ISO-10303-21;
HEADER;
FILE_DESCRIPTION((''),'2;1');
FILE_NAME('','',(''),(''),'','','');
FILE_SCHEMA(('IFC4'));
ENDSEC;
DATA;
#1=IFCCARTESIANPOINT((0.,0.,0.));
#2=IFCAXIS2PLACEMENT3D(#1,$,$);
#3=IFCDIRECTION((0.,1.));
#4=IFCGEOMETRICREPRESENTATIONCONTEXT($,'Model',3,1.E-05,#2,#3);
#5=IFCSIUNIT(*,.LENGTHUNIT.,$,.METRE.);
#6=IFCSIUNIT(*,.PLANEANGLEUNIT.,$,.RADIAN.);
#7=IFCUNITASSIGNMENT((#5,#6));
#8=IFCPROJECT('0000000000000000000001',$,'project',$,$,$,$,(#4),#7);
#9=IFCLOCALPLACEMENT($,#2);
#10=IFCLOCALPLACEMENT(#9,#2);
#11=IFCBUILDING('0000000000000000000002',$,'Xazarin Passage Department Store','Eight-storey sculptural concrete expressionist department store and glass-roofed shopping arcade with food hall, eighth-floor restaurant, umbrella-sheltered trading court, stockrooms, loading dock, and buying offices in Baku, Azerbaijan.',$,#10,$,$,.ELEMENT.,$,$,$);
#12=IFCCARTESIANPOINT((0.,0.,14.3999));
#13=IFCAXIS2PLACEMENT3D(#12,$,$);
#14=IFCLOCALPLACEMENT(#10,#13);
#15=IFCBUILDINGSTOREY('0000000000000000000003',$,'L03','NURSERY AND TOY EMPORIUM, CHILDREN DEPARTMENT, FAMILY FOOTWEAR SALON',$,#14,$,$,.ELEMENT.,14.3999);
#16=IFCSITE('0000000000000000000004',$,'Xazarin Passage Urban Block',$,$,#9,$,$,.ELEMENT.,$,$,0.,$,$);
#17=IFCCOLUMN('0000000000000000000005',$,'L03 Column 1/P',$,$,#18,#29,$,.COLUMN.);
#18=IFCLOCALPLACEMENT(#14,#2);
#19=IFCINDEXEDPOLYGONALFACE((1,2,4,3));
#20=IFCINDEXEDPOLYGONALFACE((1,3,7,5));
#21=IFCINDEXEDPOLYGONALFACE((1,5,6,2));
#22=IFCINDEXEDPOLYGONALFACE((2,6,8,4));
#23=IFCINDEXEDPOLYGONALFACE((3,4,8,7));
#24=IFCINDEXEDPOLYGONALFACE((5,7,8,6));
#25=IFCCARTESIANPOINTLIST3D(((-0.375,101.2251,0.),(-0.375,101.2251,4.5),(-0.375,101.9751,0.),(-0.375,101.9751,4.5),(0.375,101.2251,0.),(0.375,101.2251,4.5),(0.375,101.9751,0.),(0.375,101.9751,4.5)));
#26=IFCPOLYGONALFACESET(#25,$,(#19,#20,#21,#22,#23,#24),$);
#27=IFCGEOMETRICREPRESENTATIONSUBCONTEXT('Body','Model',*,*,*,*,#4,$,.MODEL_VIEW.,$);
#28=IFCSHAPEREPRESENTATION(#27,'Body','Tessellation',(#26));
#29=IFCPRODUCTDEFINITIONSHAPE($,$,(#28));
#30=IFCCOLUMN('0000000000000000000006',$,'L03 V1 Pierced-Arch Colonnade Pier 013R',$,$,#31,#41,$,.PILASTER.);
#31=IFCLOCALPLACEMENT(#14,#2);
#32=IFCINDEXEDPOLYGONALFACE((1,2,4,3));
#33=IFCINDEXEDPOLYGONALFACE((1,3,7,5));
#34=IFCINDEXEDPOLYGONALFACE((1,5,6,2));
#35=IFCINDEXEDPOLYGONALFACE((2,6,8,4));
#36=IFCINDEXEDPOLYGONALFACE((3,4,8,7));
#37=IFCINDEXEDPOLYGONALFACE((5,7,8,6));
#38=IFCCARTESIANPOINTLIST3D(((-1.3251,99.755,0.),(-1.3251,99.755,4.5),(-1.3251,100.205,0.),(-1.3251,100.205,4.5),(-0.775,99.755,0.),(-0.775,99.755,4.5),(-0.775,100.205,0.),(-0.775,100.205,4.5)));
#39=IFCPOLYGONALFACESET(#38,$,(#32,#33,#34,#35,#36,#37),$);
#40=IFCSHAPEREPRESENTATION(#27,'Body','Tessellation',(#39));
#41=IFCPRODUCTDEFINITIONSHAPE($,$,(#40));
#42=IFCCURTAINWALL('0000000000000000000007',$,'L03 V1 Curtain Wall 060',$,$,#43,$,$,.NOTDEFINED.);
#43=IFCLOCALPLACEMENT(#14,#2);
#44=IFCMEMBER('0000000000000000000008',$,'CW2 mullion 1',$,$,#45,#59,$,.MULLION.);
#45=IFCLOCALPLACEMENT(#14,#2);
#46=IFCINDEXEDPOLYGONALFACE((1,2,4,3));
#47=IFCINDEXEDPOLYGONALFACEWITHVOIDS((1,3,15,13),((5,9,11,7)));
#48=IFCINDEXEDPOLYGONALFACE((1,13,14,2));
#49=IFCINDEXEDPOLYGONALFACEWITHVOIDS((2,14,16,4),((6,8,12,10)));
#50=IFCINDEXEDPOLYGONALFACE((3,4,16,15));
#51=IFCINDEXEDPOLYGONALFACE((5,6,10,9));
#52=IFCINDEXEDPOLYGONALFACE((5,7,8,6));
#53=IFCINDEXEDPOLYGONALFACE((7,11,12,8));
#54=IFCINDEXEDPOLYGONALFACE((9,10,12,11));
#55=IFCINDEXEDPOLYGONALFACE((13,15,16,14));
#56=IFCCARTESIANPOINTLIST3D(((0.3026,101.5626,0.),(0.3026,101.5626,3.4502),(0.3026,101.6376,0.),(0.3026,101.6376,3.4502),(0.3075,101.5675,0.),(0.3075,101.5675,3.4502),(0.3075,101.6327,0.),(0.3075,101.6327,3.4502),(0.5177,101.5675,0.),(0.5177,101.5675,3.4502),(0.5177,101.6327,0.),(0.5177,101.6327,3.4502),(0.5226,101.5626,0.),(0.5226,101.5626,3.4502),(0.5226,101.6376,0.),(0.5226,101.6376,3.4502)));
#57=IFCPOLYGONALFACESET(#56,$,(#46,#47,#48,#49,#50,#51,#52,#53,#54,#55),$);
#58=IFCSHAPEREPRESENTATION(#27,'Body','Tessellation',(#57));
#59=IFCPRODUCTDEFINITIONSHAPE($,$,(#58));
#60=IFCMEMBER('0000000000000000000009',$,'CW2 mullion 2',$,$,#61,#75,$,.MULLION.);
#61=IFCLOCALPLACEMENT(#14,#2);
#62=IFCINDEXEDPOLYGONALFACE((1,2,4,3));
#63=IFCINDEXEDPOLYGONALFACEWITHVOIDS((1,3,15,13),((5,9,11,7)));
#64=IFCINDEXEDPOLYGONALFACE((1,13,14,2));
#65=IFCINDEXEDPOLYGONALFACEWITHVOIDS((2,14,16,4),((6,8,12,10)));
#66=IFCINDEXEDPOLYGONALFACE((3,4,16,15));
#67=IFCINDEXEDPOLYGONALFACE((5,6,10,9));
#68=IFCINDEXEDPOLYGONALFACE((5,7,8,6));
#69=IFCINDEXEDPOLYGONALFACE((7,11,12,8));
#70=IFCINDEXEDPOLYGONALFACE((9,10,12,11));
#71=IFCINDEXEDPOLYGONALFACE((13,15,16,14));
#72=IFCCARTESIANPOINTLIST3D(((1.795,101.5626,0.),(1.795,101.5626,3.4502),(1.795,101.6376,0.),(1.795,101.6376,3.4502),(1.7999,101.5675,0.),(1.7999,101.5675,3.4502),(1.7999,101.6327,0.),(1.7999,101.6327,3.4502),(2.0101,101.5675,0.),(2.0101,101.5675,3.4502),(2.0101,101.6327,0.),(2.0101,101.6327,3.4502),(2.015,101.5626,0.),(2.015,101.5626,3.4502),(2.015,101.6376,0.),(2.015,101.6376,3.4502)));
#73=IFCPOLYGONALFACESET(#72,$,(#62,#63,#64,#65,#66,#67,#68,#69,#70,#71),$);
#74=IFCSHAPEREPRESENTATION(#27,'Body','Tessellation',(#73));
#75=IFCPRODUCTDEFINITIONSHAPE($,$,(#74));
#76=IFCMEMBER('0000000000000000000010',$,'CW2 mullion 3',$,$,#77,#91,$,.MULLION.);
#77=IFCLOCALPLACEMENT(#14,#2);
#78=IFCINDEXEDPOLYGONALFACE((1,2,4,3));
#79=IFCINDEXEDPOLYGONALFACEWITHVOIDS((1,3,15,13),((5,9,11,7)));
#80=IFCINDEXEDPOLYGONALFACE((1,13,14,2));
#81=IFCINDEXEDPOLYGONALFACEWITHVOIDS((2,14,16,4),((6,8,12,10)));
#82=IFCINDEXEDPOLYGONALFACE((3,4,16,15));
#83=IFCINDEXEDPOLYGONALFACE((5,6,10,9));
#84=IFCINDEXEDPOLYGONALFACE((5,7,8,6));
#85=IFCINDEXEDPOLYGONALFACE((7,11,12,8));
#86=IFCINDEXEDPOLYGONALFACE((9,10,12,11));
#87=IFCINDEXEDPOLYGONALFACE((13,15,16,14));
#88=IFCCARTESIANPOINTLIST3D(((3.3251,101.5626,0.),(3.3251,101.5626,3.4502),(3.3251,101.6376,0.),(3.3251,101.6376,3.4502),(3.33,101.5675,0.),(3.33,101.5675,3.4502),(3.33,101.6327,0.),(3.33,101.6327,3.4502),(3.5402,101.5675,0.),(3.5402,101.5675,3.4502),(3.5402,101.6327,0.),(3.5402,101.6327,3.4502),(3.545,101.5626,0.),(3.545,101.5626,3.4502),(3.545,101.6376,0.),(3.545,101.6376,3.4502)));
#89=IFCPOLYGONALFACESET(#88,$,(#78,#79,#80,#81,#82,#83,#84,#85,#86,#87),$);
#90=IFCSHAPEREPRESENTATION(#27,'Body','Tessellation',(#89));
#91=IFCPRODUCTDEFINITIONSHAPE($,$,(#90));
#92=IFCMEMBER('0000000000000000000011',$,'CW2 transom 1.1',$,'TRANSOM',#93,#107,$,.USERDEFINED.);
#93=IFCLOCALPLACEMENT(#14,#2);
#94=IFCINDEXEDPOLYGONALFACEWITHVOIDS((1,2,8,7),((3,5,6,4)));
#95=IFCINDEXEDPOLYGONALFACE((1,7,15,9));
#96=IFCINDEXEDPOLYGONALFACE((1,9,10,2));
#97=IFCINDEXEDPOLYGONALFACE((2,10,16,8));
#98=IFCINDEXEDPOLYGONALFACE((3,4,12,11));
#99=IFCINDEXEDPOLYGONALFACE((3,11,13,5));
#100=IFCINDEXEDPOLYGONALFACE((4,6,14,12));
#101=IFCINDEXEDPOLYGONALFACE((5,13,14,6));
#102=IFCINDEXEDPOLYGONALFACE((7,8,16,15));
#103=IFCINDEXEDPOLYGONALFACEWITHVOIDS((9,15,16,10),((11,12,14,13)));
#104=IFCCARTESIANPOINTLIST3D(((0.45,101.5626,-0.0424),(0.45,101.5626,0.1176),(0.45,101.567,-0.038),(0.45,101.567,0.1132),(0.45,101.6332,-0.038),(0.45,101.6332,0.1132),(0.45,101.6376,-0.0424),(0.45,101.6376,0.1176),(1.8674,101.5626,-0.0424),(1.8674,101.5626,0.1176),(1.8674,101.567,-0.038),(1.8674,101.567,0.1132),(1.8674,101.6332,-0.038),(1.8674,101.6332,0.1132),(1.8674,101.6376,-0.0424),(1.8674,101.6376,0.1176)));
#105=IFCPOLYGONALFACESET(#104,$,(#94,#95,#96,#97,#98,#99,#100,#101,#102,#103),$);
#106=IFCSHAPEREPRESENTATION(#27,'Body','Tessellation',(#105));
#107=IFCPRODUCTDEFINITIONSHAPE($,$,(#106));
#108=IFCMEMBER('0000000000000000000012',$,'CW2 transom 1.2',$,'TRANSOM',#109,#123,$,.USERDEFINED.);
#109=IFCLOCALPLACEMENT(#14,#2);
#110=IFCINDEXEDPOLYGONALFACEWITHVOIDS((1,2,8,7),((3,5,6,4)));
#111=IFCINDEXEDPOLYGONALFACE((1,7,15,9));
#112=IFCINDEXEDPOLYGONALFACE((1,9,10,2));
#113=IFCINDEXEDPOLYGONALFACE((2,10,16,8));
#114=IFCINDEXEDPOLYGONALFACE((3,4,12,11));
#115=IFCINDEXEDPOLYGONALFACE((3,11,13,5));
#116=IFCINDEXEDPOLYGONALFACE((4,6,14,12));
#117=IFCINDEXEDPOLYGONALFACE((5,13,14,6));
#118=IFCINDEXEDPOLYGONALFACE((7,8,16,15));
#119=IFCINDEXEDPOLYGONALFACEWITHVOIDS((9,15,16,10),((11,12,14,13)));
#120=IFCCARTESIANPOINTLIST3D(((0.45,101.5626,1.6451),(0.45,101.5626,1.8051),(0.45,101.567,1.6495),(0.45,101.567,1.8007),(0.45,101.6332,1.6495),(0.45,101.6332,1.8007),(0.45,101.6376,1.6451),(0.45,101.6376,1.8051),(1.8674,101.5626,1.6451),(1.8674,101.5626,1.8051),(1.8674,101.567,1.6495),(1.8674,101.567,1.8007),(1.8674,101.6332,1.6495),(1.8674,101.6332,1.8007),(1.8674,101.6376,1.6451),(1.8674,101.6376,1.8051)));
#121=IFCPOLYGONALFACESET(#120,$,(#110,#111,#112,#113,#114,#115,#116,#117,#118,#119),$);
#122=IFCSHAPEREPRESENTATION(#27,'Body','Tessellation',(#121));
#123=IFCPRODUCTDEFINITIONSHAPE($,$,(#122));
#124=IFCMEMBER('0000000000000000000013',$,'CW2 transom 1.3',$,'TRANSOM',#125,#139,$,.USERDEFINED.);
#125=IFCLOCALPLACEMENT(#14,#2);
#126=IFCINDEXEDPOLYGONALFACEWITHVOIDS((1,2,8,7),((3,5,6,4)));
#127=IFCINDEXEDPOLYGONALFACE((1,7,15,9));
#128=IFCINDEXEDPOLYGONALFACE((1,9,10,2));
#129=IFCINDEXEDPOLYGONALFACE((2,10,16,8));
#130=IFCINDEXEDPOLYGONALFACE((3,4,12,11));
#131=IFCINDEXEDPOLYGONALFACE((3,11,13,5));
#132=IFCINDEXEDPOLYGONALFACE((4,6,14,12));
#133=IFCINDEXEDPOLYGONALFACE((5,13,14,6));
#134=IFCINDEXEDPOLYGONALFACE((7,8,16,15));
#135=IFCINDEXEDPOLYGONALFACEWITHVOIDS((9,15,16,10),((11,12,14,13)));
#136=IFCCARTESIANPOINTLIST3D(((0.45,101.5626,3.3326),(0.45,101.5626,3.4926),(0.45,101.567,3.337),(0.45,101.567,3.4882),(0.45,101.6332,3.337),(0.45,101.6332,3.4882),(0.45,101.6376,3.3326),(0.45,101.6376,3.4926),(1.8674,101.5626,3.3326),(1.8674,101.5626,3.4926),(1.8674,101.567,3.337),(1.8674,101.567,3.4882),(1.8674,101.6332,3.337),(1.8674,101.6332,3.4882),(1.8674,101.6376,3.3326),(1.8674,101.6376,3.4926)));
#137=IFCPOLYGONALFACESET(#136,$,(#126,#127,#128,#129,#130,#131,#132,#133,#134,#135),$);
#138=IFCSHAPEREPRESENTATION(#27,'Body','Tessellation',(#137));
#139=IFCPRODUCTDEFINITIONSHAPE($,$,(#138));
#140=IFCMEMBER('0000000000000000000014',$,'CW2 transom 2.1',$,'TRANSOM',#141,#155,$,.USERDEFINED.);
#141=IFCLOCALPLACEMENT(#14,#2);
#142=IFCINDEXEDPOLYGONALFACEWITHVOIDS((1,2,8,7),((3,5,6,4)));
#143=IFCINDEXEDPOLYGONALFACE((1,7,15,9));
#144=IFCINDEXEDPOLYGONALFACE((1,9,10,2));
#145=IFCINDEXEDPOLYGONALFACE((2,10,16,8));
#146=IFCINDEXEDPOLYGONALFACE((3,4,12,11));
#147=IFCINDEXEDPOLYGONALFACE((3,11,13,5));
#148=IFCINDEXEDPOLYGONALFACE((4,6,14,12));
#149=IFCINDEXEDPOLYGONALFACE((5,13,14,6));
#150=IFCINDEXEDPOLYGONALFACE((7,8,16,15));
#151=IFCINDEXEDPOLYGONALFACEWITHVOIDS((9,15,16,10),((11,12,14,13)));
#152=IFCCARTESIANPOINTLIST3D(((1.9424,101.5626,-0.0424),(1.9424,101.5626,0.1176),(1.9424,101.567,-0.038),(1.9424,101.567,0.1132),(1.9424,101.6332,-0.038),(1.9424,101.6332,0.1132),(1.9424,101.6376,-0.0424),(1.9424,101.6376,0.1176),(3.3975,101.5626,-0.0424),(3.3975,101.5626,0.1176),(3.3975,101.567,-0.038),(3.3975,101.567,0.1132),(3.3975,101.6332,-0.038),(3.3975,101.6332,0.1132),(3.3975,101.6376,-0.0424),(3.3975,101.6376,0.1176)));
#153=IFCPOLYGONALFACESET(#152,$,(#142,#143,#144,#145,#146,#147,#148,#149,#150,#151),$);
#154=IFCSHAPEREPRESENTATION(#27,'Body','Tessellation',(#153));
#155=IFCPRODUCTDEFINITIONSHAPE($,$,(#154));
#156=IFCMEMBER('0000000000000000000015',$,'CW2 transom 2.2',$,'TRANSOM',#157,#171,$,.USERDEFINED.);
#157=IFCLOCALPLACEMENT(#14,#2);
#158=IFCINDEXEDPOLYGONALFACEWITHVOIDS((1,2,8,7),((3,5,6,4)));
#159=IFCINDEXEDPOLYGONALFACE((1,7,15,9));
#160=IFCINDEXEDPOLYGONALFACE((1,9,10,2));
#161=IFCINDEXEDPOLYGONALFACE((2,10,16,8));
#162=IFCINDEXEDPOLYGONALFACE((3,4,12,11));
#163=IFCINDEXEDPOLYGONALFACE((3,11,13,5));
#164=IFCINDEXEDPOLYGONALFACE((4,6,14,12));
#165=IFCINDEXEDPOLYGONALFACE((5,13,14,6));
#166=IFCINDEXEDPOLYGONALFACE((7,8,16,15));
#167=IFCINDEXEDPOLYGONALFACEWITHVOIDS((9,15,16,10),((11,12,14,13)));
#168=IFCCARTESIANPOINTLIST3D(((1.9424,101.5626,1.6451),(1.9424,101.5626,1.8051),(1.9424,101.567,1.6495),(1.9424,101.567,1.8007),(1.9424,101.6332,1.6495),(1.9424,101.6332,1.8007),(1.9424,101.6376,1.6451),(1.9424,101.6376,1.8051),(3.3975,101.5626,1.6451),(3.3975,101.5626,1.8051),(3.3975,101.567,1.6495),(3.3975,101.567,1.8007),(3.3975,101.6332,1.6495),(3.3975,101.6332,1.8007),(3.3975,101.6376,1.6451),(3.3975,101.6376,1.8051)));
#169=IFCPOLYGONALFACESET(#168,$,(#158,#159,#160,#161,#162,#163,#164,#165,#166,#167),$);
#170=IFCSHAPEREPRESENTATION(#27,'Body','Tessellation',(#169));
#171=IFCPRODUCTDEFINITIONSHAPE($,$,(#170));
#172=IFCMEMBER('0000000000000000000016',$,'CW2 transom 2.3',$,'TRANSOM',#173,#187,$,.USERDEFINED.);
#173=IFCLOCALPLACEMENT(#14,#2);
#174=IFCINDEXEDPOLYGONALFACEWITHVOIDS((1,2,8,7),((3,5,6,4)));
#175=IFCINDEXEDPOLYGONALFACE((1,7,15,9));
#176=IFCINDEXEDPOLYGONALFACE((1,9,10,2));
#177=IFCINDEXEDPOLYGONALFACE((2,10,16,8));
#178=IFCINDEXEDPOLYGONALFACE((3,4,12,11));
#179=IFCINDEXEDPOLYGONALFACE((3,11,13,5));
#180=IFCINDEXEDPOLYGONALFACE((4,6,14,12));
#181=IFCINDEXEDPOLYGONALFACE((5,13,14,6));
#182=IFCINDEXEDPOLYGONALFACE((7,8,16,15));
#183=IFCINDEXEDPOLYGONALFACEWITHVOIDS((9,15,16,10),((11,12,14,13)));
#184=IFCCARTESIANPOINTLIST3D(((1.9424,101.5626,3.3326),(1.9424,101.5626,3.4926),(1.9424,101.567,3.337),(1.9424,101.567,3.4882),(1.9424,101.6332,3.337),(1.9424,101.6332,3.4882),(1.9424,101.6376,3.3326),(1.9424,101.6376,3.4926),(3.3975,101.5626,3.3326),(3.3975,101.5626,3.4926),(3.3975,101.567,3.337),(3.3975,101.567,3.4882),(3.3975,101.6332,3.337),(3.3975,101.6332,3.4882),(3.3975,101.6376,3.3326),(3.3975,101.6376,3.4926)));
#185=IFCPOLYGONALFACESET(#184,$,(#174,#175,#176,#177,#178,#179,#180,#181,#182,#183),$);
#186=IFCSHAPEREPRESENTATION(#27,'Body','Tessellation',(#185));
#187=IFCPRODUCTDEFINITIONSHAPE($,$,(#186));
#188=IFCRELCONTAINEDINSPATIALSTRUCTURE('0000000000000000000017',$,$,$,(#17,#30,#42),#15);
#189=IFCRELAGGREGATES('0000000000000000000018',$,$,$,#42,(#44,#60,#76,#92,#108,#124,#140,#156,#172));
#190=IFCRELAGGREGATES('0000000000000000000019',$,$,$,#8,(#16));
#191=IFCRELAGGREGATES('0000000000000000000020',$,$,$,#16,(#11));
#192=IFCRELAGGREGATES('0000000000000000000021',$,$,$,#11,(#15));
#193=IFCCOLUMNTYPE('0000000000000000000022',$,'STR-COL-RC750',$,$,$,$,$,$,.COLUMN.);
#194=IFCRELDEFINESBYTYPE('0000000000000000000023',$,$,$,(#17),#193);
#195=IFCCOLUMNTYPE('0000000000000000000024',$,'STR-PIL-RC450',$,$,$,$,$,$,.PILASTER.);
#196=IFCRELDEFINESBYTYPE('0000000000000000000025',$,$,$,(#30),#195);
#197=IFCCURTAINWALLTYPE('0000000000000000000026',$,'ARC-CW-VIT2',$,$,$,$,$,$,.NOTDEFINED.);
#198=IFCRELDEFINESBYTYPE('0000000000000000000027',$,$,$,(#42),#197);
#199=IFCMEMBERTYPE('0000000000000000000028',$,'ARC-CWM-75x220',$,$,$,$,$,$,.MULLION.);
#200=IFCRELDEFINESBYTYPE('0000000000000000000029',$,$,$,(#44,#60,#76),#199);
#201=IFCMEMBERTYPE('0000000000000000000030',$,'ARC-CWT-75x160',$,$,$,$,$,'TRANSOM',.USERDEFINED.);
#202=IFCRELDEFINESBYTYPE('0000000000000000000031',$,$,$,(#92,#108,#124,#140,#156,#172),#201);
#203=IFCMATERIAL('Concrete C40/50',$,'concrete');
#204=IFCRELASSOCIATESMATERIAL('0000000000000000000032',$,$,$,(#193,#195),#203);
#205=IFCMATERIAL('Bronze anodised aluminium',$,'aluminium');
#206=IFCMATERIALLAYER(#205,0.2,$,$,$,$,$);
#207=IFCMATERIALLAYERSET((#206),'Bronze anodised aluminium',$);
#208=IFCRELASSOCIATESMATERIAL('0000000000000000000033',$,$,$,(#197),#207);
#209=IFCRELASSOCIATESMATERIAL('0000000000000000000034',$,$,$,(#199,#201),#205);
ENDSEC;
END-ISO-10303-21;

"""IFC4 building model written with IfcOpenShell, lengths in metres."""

from ifc_helpers import new_model, si_unit, direction, frame, origin, origin_2d, place, context, subcontext, project, spatial, rectangle, hollow_rectangle, extrude, material, layer, layer_set, material_profile, profile_set, type_object, element, aggregate, save


model = new_model("IFC4")

# Units and contexts
model_context = context("Model", 3, precision=1e-05, world=origin(), true_north=direction((0.0, 1.0)))
body_context = subcontext(model_context, "Body", "Model", "MODEL_VIEW")
ifc_project = project(units=[si_unit("LENGTHUNIT", "METRE"), si_unit("PLANEANGLEUNIT", "RADIAN")], contexts=[model_context])

# Site, building, storey
site_placement = place(None, origin())
site = spatial("IfcSite", under=ifc_project, at=site_placement, Name="Xazarin Passage Urban Block", CompositionType="ELEMENT", RefElevation=0.0)
building_placement = place(site_placement, origin())
building = spatial("IfcBuilding", under=site, at=building_placement, Name="Xazarin Passage Department Store", Description="Eight-storey sculptural concrete expressionist department store and glass-roofed shopping arcade with food hall, eighth-floor restaurant, umbrella-sheltered trading court, stockrooms, loading dock, and buying offices in Baku, Azerbaijan.", CompositionType="ELEMENT")
storey_placement = place(building_placement, frame((0.0, 0.0, 14.3999)))
storey = spatial("IfcBuildingStorey", under=building, at=storey_placement, Name="L03", Description="NURSERY AND TOY EMPORIUM, CHILDREN DEPARTMENT, FAMILY FOOTWEAR SALON", CompositionType="ELEMENT", Elevation=14.3999)

# Columns
ifc_material_1 = material(Name="Concrete C40/50", Category="concrete")
ifc_material_profile_1 = material_profile(ifc_material_1, rectangle(XDim=0.75, YDim=0.75, at=origin_2d()), Name="RC 750x750")
ifc_profile_set_1 = profile_set([ifc_material_profile_1], Name="Concrete C40/50")
column_type_1 = type_object("IfcColumnType", Name="STR-COL-RC750", PredefinedType="COLUMN", material=ifc_profile_set_1)
column_1_placement = place(storey_placement, frame((0.0, 101.6001, 0.0), z_axis=(0.0, 0.0, 1.0), x_axis=(1.0, 0.0, 0.0)))
element("IfcColumn", 1, at=column_1_placement, inside=storey, type_object=column_type_1, Name="L03 Column 1/P", PredefinedType="COLUMN", context=body_context, shape_type="SweptSolid", body=[
    extrude(rectangle(XDim=0.75, YDim=0.75, at=origin_2d()), origin(), (0.0, 0.0, 1.0), 4.5),
])
ifc_material_profile_2 = material_profile(ifc_material_1, rectangle(XDim=0.45, YDim=0.55, at=origin_2d()), Name="RC 450x550")
ifc_profile_set_2 = profile_set([ifc_material_profile_2], Name="Concrete C40/50")
column_type_2 = type_object("IfcColumnType", Name="STR-PIL-RC450", PredefinedType="PILASTER", material=ifc_profile_set_2)
column_2_placement = place(storey_placement, frame((-1.05, 99.98, 0.0), z_axis=(0.0, 0.0, 1.0), x_axis=(0.0, 1.0, 0.0)))
element("IfcColumn", 2, at=column_2_placement, inside=storey, type_object=column_type_2, Name="L03 V1 Pierced-Arch Colonnade Pier 013R", PredefinedType="PILASTER", context=body_context, shape_type="SweptSolid", body=[
    extrude(rectangle(XDim=0.45, YDim=0.55, at=origin_2d()), origin(), (0.0, 0.0, 1.0), 4.5),
])

# Curtain wall, members
ifc_material_2 = material(Name="Bronze anodised aluminium", Category="aluminium")
ifc_layer_1 = layer(ifc_material_2, 0.2)
ifc_layer_set_1 = layer_set([ifc_layer_1], Name="Bronze anodised aluminium")
curtain_wall_type = type_object("IfcCurtainWallType", Name="ARC-CW-VIT2", PredefinedType="NOTDEFINED", material=ifc_layer_set_1)
curtain_wall_placement = place(storey_placement, origin())
curtain_wall = element("IfcCurtainWall", 3, at=curtain_wall_placement, inside=storey, type_object=curtain_wall_type, Name="L03 V1 Curtain Wall 060", PredefinedType="NOTDEFINED")
ifc_material_profile_3 = material_profile(ifc_material_2, hollow_rectangle(XDim=0.075, YDim=0.22, WallThickness=0.0049, at=origin_2d()), Name="ALU 75x220")
ifc_profile_set_3 = profile_set([ifc_material_profile_3], Name="Bronze anodised aluminium")
member_type_1 = type_object("IfcMemberType", Name="ARC-CWM-75x220", PredefinedType="MULLION", material=ifc_profile_set_3)
member_1_placement = place(storey_placement, frame((0.4126, 101.6001, 0.0), z_axis=(0.0, 0.0, 1.0), x_axis=(0.0, 1.0, 0.0)))
member_1 = element("IfcMember", 4, at=member_1_placement, type_object=member_type_1, Name="CW2 mullion 1", PredefinedType="MULLION", context=body_context, shape_type="SweptSolid", body=[
    extrude(hollow_rectangle(XDim=0.075, YDim=0.22, WallThickness=0.0049, at=origin_2d()), origin(), (0.0, 0.0, 1.0), 3.4502),
])
member_2_placement = place(storey_placement, frame((1.905, 101.6001, 0.0), z_axis=(0.0, 0.0, 1.0), x_axis=(0.0, 1.0, 0.0)))
member_2 = element("IfcMember", 5, at=member_2_placement, type_object=member_type_1, Name="CW2 mullion 2", PredefinedType="MULLION", context=body_context, shape_type="SweptSolid", body=[
    extrude(hollow_rectangle(XDim=0.075, YDim=0.22, WallThickness=0.0049, at=origin_2d()), origin(), (0.0, 0.0, 1.0), 3.4502),
])
member_3_placement = place(storey_placement, frame((3.4351, 101.6001, 0.0), z_axis=(0.0, 0.0, 1.0), x_axis=(0.0, 1.0, 0.0)))
member_3 = element("IfcMember", 6, at=member_3_placement, type_object=member_type_1, Name="CW2 mullion 3", PredefinedType="MULLION", context=body_context, shape_type="SweptSolid", body=[
    extrude(hollow_rectangle(XDim=0.075, YDim=0.22, WallThickness=0.0049, at=origin_2d()), origin(), (0.0, 0.0, 1.0), 3.4502),
])
ifc_material_profile_4 = material_profile(ifc_material_2, hollow_rectangle(XDim=0.075, YDim=0.1599, WallThickness=0.0044, at=origin_2d()), Name="ALU 75x160")
ifc_profile_set_4 = profile_set([ifc_material_profile_4], Name="Bronze anodised aluminium")
member_type_2 = type_object("IfcMemberType", Name="ARC-CWT-75x160", ElementType="TRANSOM", PredefinedType="USERDEFINED", material=ifc_profile_set_4)
member_4_placement = place(storey_placement, frame((0.45, 101.6001, 0.0376), z_axis=(1.0, 0.0, 0.0), x_axis=(0.0, 1.0, 0.0)))
member_4 = element("IfcMember", 7, at=member_4_placement, type_object=member_type_2, Name="CW2 transom 1.1", ObjectType="TRANSOM", PredefinedType="USERDEFINED", context=body_context, shape_type="SweptSolid", body=[
    extrude(hollow_rectangle(XDim=0.075, YDim=0.1599, WallThickness=0.0044, at=origin_2d()), origin(), (0.0, 0.0, 1.0), 1.4175),
])
member_5_placement = place(storey_placement, frame((0.45, 101.6001, 1.7251), z_axis=(1.0, 0.0, 0.0), x_axis=(0.0, 1.0, 0.0)))
member_5 = element("IfcMember", 8, at=member_5_placement, type_object=member_type_2, Name="CW2 transom 1.2", ObjectType="TRANSOM", PredefinedType="USERDEFINED", context=body_context, shape_type="SweptSolid", body=[
    extrude(hollow_rectangle(XDim=0.075, YDim=0.1599, WallThickness=0.0044, at=origin_2d()), origin(), (0.0, 0.0, 1.0), 1.4175),
])
member_6_placement = place(storey_placement, frame((0.45, 101.6001, 3.4126), z_axis=(1.0, 0.0, 0.0), x_axis=(0.0, 1.0, 0.0)))
member_6 = element("IfcMember", 9, at=member_6_placement, type_object=member_type_2, Name="CW2 transom 1.3", ObjectType="TRANSOM", PredefinedType="USERDEFINED", context=body_context, shape_type="SweptSolid", body=[
    extrude(hollow_rectangle(XDim=0.075, YDim=0.1599, WallThickness=0.0044, at=origin_2d()), origin(), (0.0, 0.0, 1.0), 1.4175),
])
member_7_placement = place(storey_placement, frame((1.9424, 101.6001, 0.0376), z_axis=(1.0, 0.0, 0.0), x_axis=(0.0, 1.0, 0.0)))
member_7 = element("IfcMember", 10, at=member_7_placement, type_object=member_type_2, Name="CW2 transom 2.1", ObjectType="TRANSOM", PredefinedType="USERDEFINED", context=body_context, shape_type="SweptSolid", body=[
    extrude(hollow_rectangle(XDim=0.075, YDim=0.1599, WallThickness=0.0044, at=origin_2d()), origin(), (0.0, 0.0, 1.0), 1.4551),
])
member_8_placement = place(storey_placement, frame((1.9424, 101.6001, 1.7251), z_axis=(1.0, 0.0, 0.0), x_axis=(0.0, 1.0, 0.0)))
member_8 = element("IfcMember", 11, at=member_8_placement, type_object=member_type_2, Name="CW2 transom 2.2", ObjectType="TRANSOM", PredefinedType="USERDEFINED", context=body_context, shape_type="SweptSolid", body=[
    extrude(hollow_rectangle(XDim=0.075, YDim=0.1599, WallThickness=0.0044, at=origin_2d()), origin(), (0.0, 0.0, 1.0), 1.4551),
])
member_9_placement = place(storey_placement, frame((1.9424, 101.6001, 3.4126), z_axis=(1.0, 0.0, 0.0), x_axis=(0.0, 1.0, 0.0)))
member_9 = element("IfcMember", 12, at=member_9_placement, type_object=member_type_2, Name="CW2 transom 2.3", ObjectType="TRANSOM", PredefinedType="USERDEFINED", context=body_context, shape_type="SweptSolid", body=[
    extrude(hollow_rectangle(XDim=0.075, YDim=0.1599, WallThickness=0.0044, at=origin_2d()), origin(), (0.0, 0.0, 1.0), 1.4551),
])

aggregate(curtain_wall, [member_1, member_2, member_3, member_4, member_5, member_6, member_7, member_8, member_9])

save(model, "model.ifc")
